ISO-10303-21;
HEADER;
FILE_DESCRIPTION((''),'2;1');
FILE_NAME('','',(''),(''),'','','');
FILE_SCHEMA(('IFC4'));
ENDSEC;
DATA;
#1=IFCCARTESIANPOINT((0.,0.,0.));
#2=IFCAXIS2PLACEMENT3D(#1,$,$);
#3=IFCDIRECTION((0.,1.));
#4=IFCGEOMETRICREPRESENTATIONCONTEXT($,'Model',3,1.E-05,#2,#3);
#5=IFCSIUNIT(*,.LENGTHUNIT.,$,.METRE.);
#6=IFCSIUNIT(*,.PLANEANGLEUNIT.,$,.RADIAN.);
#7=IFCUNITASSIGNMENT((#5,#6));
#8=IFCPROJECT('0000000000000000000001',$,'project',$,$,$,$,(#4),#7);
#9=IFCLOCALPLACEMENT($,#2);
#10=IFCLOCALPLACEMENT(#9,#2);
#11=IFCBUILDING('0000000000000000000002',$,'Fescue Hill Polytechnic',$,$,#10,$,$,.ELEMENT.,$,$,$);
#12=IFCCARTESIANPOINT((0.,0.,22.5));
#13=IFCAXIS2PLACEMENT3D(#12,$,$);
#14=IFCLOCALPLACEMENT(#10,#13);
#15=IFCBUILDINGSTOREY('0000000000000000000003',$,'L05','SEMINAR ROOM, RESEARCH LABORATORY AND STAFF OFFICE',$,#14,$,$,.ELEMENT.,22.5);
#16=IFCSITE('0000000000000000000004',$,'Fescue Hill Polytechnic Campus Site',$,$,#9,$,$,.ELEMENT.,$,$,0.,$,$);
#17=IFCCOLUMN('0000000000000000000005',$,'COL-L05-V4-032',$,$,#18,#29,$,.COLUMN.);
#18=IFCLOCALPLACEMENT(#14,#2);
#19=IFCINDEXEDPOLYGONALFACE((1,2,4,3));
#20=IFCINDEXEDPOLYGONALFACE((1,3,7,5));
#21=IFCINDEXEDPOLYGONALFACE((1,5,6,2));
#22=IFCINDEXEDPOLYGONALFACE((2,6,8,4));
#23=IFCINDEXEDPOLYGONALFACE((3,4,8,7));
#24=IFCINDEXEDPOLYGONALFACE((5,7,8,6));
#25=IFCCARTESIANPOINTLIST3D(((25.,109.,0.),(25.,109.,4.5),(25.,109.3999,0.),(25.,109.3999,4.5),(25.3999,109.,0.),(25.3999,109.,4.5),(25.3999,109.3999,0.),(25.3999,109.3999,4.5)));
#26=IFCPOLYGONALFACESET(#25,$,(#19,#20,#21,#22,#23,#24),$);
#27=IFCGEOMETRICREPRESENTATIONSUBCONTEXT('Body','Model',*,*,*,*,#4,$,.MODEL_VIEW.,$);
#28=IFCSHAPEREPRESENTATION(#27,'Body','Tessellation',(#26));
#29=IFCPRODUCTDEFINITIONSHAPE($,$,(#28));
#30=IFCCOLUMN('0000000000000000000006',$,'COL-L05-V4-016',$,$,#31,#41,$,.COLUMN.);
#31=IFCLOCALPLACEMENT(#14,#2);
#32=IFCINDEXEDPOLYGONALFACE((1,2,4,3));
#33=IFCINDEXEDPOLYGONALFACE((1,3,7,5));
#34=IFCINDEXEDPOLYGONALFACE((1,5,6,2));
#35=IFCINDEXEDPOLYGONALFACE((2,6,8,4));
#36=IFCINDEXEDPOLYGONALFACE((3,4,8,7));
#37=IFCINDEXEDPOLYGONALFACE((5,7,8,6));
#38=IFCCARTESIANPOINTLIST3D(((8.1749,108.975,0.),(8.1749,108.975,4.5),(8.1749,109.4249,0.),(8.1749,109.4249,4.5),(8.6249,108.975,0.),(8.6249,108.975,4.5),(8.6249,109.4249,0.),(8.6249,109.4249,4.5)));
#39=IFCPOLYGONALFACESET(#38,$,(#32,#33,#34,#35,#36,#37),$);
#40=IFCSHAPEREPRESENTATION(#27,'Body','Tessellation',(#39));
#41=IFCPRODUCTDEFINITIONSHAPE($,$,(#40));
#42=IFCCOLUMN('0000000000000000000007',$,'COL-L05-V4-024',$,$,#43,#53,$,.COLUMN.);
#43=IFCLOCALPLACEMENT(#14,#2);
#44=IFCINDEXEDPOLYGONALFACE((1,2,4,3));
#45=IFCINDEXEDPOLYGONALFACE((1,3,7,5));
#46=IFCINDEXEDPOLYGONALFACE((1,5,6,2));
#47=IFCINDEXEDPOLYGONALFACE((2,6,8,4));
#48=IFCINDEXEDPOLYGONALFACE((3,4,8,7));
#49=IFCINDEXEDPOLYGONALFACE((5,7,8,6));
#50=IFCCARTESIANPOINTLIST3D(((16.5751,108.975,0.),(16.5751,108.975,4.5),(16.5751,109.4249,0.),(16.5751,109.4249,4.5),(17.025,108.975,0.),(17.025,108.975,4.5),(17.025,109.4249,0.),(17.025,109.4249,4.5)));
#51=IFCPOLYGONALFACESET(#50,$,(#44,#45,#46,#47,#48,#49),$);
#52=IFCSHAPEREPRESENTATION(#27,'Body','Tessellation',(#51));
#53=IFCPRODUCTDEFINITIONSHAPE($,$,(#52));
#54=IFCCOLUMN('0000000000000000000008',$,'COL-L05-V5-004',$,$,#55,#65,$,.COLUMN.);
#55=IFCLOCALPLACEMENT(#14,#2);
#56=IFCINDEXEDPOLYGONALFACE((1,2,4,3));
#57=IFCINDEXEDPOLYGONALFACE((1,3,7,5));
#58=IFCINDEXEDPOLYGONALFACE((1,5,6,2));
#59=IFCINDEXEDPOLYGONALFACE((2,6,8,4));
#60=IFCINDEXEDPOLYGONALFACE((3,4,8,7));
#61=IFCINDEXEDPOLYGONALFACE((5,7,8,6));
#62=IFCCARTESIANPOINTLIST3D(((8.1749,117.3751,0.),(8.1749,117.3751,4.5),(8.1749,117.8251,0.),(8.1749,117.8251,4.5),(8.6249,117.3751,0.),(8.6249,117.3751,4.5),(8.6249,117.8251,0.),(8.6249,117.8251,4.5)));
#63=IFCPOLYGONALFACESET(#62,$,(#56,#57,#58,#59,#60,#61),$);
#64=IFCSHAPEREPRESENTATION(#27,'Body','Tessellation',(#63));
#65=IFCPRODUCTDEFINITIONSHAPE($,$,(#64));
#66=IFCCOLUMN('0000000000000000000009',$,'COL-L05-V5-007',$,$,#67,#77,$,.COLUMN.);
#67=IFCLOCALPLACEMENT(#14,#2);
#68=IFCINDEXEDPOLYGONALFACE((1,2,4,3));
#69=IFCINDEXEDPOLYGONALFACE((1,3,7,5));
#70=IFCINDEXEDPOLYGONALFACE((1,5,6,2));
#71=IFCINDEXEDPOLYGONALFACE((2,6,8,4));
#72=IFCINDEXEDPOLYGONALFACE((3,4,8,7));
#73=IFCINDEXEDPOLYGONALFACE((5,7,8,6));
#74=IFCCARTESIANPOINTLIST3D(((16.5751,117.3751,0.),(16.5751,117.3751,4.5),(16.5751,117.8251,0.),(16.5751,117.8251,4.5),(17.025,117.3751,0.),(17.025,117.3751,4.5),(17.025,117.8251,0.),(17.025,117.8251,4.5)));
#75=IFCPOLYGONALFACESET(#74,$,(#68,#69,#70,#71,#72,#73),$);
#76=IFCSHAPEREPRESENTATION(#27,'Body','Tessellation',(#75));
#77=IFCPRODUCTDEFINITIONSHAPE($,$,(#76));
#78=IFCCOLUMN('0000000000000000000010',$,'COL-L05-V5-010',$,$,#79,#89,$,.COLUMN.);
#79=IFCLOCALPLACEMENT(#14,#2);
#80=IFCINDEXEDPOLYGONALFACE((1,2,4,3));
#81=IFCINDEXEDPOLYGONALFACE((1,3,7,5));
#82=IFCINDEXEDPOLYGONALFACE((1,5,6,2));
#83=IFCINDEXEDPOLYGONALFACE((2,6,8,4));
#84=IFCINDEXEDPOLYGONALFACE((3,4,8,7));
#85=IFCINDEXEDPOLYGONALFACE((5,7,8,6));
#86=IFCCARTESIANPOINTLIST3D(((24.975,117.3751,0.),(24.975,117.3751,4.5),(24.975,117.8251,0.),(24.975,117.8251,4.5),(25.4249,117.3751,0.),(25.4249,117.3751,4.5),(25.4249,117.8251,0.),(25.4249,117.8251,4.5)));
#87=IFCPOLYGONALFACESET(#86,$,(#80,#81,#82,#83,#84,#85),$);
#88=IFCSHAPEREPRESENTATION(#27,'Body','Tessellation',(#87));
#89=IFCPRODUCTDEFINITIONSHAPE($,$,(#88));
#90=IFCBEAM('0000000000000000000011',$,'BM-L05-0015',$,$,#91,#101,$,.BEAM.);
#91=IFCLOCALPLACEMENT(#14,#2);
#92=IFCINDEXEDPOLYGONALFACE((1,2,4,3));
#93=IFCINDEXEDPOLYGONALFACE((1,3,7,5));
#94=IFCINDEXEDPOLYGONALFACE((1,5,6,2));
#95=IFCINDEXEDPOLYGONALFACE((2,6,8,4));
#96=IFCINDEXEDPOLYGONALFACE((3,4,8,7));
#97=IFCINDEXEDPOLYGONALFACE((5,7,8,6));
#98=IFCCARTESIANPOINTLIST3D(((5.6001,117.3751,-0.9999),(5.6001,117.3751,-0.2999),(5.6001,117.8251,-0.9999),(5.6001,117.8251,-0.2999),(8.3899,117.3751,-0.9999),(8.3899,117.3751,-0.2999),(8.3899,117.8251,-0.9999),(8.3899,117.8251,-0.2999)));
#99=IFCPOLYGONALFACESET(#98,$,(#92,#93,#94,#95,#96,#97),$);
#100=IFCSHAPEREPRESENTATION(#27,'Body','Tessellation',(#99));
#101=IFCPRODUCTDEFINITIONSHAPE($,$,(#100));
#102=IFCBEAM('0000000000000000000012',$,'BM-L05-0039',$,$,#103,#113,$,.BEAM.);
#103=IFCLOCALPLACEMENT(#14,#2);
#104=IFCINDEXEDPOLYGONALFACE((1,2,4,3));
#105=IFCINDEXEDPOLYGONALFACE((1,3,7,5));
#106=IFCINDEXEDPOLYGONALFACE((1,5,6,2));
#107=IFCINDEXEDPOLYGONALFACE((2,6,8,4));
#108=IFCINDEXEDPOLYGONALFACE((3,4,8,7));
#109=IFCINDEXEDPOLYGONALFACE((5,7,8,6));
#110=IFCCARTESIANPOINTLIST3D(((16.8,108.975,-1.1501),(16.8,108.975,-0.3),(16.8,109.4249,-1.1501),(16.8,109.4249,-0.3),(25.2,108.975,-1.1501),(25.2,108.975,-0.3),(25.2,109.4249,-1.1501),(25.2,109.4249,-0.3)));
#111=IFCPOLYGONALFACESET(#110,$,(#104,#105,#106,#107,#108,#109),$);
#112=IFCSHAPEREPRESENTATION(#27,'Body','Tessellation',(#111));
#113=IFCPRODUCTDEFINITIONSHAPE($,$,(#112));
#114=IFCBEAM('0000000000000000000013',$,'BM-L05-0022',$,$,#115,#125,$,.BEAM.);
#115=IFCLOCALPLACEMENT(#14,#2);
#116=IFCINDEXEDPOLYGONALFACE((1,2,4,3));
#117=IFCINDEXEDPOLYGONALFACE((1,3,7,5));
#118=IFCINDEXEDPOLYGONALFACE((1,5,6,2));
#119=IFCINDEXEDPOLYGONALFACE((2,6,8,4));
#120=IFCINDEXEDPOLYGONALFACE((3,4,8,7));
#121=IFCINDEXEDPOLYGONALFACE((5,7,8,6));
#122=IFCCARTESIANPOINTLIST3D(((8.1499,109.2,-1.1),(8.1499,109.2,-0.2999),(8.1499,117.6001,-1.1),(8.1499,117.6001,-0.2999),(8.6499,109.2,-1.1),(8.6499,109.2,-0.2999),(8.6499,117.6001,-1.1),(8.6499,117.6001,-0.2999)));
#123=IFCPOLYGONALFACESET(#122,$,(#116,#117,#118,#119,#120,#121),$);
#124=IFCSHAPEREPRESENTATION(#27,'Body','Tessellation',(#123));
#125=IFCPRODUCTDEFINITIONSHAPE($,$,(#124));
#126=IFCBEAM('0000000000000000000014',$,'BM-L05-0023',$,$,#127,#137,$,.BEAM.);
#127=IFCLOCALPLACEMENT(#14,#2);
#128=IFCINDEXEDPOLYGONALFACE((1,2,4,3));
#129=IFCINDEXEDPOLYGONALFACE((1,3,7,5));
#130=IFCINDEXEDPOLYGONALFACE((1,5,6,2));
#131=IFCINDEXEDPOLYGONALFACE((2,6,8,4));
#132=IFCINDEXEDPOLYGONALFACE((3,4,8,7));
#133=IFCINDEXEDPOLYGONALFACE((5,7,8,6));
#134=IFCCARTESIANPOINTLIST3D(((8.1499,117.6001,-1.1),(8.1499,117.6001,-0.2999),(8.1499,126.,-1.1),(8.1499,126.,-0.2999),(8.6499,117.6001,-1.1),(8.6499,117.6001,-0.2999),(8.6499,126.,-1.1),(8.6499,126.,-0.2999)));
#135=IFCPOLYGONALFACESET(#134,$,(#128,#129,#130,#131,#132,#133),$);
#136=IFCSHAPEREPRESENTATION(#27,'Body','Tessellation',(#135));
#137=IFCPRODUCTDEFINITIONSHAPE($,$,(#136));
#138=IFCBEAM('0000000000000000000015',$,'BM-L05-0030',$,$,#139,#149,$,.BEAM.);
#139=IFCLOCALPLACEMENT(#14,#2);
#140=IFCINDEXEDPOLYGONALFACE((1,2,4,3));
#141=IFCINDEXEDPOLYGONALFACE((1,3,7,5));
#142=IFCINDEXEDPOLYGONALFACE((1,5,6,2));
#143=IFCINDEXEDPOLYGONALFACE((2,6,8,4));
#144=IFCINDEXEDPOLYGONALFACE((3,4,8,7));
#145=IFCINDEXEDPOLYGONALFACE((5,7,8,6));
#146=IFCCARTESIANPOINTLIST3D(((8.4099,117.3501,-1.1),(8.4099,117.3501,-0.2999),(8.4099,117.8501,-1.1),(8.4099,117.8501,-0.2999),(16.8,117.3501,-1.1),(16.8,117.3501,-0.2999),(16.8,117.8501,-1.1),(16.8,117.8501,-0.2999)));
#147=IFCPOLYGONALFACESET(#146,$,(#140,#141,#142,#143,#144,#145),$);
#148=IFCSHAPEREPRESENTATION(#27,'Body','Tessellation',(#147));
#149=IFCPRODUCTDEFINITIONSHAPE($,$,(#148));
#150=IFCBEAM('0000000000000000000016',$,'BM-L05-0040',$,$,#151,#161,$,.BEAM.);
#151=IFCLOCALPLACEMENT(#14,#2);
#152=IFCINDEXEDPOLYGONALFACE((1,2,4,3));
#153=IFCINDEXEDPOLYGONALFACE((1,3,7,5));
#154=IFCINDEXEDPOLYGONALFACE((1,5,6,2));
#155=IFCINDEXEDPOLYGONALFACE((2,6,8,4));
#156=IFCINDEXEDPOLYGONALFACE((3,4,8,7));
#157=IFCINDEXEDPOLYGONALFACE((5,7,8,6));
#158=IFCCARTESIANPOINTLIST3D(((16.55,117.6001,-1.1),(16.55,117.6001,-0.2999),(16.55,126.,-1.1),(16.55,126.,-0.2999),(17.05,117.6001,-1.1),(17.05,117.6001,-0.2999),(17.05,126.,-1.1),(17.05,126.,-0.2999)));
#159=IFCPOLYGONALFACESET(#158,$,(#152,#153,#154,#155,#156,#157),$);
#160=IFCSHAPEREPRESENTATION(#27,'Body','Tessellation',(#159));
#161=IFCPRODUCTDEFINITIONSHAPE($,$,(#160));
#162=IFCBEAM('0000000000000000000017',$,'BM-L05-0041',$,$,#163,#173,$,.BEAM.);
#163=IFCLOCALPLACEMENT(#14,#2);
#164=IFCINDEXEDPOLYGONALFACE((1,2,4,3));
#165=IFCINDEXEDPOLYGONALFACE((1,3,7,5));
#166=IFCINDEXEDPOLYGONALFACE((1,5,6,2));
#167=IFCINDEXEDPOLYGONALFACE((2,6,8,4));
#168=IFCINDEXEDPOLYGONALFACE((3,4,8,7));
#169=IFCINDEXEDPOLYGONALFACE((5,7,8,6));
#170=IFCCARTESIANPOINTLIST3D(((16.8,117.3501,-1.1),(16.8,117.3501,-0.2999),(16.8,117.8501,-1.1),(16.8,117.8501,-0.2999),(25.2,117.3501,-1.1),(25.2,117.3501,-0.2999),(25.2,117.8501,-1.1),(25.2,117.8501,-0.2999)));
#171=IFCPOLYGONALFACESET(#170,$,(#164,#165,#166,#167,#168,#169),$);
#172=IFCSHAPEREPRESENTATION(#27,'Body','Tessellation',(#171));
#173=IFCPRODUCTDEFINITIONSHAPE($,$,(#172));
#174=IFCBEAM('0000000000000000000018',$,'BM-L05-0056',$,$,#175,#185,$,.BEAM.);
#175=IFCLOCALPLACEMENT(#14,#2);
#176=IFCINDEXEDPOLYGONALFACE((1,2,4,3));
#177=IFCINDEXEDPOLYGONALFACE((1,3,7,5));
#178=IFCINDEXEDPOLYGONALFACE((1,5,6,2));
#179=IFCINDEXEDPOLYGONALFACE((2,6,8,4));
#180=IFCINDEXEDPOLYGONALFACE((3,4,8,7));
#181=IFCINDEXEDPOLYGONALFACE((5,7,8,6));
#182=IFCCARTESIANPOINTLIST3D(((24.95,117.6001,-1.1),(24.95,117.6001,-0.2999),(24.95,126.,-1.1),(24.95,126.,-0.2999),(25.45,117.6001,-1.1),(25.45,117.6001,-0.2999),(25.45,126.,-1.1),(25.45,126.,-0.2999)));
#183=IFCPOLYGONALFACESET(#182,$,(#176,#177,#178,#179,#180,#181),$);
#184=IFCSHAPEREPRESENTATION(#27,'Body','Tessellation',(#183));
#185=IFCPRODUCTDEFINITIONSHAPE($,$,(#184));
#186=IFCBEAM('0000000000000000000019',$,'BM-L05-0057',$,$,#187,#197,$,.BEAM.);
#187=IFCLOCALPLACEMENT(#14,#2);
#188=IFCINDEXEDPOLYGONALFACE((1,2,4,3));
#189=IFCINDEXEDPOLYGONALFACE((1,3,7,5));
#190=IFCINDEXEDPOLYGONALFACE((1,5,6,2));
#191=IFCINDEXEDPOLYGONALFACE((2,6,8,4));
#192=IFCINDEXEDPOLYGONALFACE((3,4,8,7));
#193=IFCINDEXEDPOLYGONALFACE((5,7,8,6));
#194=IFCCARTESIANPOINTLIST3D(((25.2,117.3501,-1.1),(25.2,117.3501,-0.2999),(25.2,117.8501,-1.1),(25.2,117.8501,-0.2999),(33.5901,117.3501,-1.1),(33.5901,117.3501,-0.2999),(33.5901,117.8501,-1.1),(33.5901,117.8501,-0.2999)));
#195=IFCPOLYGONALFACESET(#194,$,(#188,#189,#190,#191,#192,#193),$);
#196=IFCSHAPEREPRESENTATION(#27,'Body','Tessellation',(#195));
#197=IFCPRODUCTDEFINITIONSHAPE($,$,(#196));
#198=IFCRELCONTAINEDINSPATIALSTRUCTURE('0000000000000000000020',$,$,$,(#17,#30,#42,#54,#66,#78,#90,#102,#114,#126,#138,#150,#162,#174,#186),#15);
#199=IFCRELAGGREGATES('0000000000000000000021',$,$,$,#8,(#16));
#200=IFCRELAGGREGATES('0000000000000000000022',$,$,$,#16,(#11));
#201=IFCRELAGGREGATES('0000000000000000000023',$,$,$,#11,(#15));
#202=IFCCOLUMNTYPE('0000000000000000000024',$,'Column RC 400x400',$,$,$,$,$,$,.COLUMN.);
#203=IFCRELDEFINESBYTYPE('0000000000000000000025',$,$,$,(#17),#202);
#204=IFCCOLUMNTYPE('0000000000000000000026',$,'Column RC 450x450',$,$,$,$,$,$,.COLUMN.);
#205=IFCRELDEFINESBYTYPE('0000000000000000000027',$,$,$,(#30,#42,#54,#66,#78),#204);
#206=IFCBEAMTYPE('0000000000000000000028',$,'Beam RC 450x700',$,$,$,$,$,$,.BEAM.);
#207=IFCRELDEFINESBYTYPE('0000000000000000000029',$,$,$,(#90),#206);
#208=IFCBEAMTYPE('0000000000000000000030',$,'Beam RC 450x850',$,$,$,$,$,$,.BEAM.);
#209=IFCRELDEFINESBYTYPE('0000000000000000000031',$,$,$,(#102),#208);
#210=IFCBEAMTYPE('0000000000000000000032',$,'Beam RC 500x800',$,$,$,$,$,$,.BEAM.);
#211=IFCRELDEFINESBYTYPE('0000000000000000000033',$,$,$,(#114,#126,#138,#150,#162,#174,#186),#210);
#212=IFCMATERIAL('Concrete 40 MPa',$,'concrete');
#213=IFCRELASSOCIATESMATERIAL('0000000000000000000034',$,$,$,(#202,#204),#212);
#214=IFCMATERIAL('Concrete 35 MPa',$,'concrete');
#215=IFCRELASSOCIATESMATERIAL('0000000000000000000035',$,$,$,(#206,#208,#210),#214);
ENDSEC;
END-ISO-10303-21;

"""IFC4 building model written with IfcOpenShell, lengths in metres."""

from ifc_helpers import new_model, si_unit, direction, frame, origin, origin_2d, place, context, subcontext, project, spatial, rectangle, extrude, material, material_profile, profile_set, type_object, element, save


model = new_model("IFC4")

# Units and contexts
model_context = context("Model", 3, precision=1e-05, world=origin(), true_north=direction((0.0, 1.0)))
body_context = subcontext(model_context, "Body", "Model", "MODEL_VIEW")
ifc_project = project(units=[si_unit("LENGTHUNIT", "METRE"), si_unit("PLANEANGLEUNIT", "RADIAN")], contexts=[model_context])

# Site, building, storey
site_placement = place(None, origin())
site = spatial("IfcSite", under=ifc_project, at=site_placement, Name="Fescue Hill Polytechnic Campus Site", CompositionType="ELEMENT", RefElevation=0.0)
building_placement = place(site_placement, origin())
building = spatial("IfcBuilding", under=site, at=building_placement, Name="Fescue Hill Polytechnic", CompositionType="ELEMENT")
storey_placement = place(building_placement, frame((0.0, 0.0, 22.5)))
storey = spatial("IfcBuildingStorey", under=building, at=storey_placement, Name="L05", Description="SEMINAR ROOM, RESEARCH LABORATORY AND STAFF OFFICE", CompositionType="ELEMENT", Elevation=22.5)

# Columns
ifc_material_1 = material(Name="Concrete 40 MPa", Category="concrete")
ifc_material_profile_1 = material_profile(ifc_material_1, rectangle(XDim=0.3999, YDim=0.3999, at=origin_2d()), Name="RC 400x400")
ifc_profile_set_1 = profile_set([ifc_material_profile_1], Name="Concrete 40 MPa")
column_type_1 = type_object("IfcColumnType", Name="Column RC 400x400", PredefinedType="COLUMN", material=ifc_profile_set_1)
column_placement = place(storey_placement, frame((25.2, 109.2, 0.0), z_axis=(0.0, 0.0, 1.0), x_axis=(1.0, 0.0, 0.0)))
element("IfcColumn", 1, at=column_placement, inside=storey, type_object=column_type_1, Name="COL-L05-V4-032", PredefinedType="COLUMN", context=body_context, shape_type="SweptSolid", body=[
    extrude(rectangle(XDim=0.3999, YDim=0.3999, at=origin_2d()), origin(), (0.0, 0.0, 1.0), 4.5),
])
ifc_material_profile_2 = material_profile(ifc_material_1, rectangle(XDim=0.45, YDim=0.45, at=origin_2d()), Name="RC 450x450")
ifc_profile_set_2 = profile_set([ifc_material_profile_2], Name="Concrete 40 MPa")
column_type_2 = type_object("IfcColumnType", Name="Column RC 450x450", PredefinedType="COLUMN", material=ifc_profile_set_2)
for number, where, z_axis, x_axis, name in (
    (2, (8.3999, 109.2, 0.0), (0.0, 0.0, 1.0), (1.0, 0.0, 0.0), "COL-L05-V4-016"),
    (3, (16.8, 109.2, 0.0), (0.0, 0.0, 1.0), (1.0, 0.0, 0.0), "COL-L05-V4-024"),
    (4, (8.3999, 117.6001, 0.0), (0.0, 0.0, 1.0), (1.0, 0.0, 0.0), "COL-L05-V5-004"),
    (5, (16.8, 117.6001, 0.0), (0.0, 0.0, 1.0), (1.0, 0.0, 0.0), "COL-L05-V5-007"),
    (6, (25.2, 117.6001, 0.0), (0.0, 0.0, 1.0), (1.0, 0.0, 0.0), "COL-L05-V5-010"),
):
    element("IfcColumn", number, at=place(storey_placement, frame(where, z_axis=z_axis, x_axis=x_axis)), inside=storey, type_object=column_type_2, Name=name, PredefinedType="COLUMN", context=body_context, shape_type="SweptSolid", body=[
        extrude(rectangle(XDim=0.45, YDim=0.45, at=origin_2d()), origin(), (0.0, 0.0, 1.0), 4.5),
    ])

# Beams
ifc_material_2 = material(Name="Concrete 35 MPa", Category="concrete")
ifc_material_profile_3 = material_profile(ifc_material_2, rectangle(XDim=0.45, YDim=0.7, at=origin_2d()), Name="RC 450x700")
ifc_profile_set_3 = profile_set([ifc_material_profile_3], Name="Concrete 35 MPa")
beam_type_1 = type_object("IfcBeamType", Name="Beam RC 450x700", PredefinedType="BEAM", material=ifc_profile_set_3)
beam_1_placement = place(storey_placement, frame((5.6001, 117.6001, -0.6499), z_axis=(1.0, 0.0, 0.0), x_axis=(0.0, 1.0, 0.0)))
element("IfcBeam", 7, at=beam_1_placement, inside=storey, type_object=beam_type_1, Name="BM-L05-0015", PredefinedType="BEAM", context=body_context, shape_type="SweptSolid", body=[
    extrude(rectangle(XDim=0.45, YDim=0.7, at=origin_2d()), origin(), (0.0, 0.0, 1.0), 2.7898),
])
ifc_material_profile_4 = material_profile(ifc_material_2, rectangle(XDim=0.45, YDim=0.8501, at=origin_2d()), Name="RC 450x850")
ifc_profile_set_4 = profile_set([ifc_material_profile_4], Name="Concrete 35 MPa")
beam_type_2 = type_object("IfcBeamType", Name="Beam RC 450x850", PredefinedType="BEAM", material=ifc_profile_set_4)
beam_2_placement = place(storey_placement, frame((16.8, 109.2, -0.7251), z_axis=(1.0, 0.0, 0.0), x_axis=(0.0, 1.0, 0.0)))
element("IfcBeam", 8, at=beam_2_placement, inside=storey, type_object=beam_type_2, Name="BM-L05-0039", PredefinedType="BEAM", context=body_context, shape_type="SweptSolid", body=[
    extrude(rectangle(XDim=0.45, YDim=0.8501, at=origin_2d()), origin(), (0.0, 0.0, 1.0), 8.3999),
])
ifc_material_profile_5 = material_profile(ifc_material_2, rectangle(XDim=0.5, YDim=0.8, at=origin_2d()), Name="RC 500x800")
ifc_profile_set_5 = profile_set([ifc_material_profile_5], Name="Concrete 35 MPa")
beam_type_3 = type_object("IfcBeamType", Name="Beam RC 500x800", PredefinedType="BEAM", material=ifc_profile_set_5)
beam_3_placement = place(storey_placement, frame((8.3999, 109.2, -0.7), z_axis=(0.0, 1.0, 0.0), x_axis=(-1.0, 0.0, 0.0)))
element("IfcBeam", 9, at=beam_3_placement, inside=storey, type_object=beam_type_3, Name="BM-L05-0022", PredefinedType="BEAM", context=body_context, shape_type="SweptSolid", body=[
    extrude(rectangle(XDim=0.5, YDim=0.8, at=origin_2d()), origin(), (0.0, 0.0, 1.0), 8.4001),
])
beam_4_placement = place(storey_placement, frame((8.3999, 117.6001, -0.7), z_axis=(0.0, 1.0, 0.0), x_axis=(-1.0, 0.0, 0.0)))
element("IfcBeam", 10, at=beam_4_placement, inside=storey, type_object=beam_type_3, Name="BM-L05-0023", PredefinedType="BEAM", context=body_context, shape_type="SweptSolid", body=[
    extrude(rectangle(XDim=0.5, YDim=0.8, at=origin_2d()), origin(), (0.0, 0.0, 1.0), 8.3999),
])
beam_5_placement = place(storey_placement, frame((8.4099, 117.6001, -0.7), z_axis=(1.0, 0.0, 0.0), x_axis=(0.0, 1.0, 0.0)))
element("IfcBeam", 11, at=beam_5_placement, inside=storey, type_object=beam_type_3, Name="BM-L05-0030", PredefinedType="BEAM", context=body_context, shape_type="SweptSolid", body=[
    extrude(rectangle(XDim=0.5, YDim=0.8, at=origin_2d()), origin(), (0.0, 0.0, 1.0), 8.3901),
])
for number, where, z_axis, x_axis, name in (
    (12, (16.8, 117.6001, -0.7), (0.0, 1.0, 0.0), (-1.0, 0.0, 0.0), "BM-L05-0040"),
    (13, (16.8, 117.6001, -0.7), (1.0, 0.0, 0.0), (0.0, 1.0, 0.0), "BM-L05-0041"),
    (14, (25.2, 117.6001, -0.7), (0.0, 1.0, 0.0), (-1.0, 0.0, 0.0), "BM-L05-0056"),
):
    element("IfcBeam", number, at=place(storey_placement, frame(where, z_axis=z_axis, x_axis=x_axis)), inside=storey, type_object=beam_type_3, Name=name, PredefinedType="BEAM", context=body_context, shape_type="SweptSolid", body=[
        extrude(rectangle(XDim=0.5, YDim=0.8, at=origin_2d()), origin(), (0.0, 0.0, 1.0), 8.3999),
    ])
beam_6_placement = place(storey_placement, frame((25.2, 117.6001, -0.7), z_axis=(1.0, 0.0, 0.0), x_axis=(0.0, 1.0, 0.0)))
element("IfcBeam", 15, at=beam_6_placement, inside=storey, type_object=beam_type_3, Name="BM-L05-0057", PredefinedType="BEAM", context=body_context, shape_type="SweptSolid", body=[
    extrude(rectangle(XDim=0.5, YDim=0.8, at=origin_2d()), origin(), (0.0, 0.0, 1.0), 8.3901),
])

save(model, "model.ifc")
